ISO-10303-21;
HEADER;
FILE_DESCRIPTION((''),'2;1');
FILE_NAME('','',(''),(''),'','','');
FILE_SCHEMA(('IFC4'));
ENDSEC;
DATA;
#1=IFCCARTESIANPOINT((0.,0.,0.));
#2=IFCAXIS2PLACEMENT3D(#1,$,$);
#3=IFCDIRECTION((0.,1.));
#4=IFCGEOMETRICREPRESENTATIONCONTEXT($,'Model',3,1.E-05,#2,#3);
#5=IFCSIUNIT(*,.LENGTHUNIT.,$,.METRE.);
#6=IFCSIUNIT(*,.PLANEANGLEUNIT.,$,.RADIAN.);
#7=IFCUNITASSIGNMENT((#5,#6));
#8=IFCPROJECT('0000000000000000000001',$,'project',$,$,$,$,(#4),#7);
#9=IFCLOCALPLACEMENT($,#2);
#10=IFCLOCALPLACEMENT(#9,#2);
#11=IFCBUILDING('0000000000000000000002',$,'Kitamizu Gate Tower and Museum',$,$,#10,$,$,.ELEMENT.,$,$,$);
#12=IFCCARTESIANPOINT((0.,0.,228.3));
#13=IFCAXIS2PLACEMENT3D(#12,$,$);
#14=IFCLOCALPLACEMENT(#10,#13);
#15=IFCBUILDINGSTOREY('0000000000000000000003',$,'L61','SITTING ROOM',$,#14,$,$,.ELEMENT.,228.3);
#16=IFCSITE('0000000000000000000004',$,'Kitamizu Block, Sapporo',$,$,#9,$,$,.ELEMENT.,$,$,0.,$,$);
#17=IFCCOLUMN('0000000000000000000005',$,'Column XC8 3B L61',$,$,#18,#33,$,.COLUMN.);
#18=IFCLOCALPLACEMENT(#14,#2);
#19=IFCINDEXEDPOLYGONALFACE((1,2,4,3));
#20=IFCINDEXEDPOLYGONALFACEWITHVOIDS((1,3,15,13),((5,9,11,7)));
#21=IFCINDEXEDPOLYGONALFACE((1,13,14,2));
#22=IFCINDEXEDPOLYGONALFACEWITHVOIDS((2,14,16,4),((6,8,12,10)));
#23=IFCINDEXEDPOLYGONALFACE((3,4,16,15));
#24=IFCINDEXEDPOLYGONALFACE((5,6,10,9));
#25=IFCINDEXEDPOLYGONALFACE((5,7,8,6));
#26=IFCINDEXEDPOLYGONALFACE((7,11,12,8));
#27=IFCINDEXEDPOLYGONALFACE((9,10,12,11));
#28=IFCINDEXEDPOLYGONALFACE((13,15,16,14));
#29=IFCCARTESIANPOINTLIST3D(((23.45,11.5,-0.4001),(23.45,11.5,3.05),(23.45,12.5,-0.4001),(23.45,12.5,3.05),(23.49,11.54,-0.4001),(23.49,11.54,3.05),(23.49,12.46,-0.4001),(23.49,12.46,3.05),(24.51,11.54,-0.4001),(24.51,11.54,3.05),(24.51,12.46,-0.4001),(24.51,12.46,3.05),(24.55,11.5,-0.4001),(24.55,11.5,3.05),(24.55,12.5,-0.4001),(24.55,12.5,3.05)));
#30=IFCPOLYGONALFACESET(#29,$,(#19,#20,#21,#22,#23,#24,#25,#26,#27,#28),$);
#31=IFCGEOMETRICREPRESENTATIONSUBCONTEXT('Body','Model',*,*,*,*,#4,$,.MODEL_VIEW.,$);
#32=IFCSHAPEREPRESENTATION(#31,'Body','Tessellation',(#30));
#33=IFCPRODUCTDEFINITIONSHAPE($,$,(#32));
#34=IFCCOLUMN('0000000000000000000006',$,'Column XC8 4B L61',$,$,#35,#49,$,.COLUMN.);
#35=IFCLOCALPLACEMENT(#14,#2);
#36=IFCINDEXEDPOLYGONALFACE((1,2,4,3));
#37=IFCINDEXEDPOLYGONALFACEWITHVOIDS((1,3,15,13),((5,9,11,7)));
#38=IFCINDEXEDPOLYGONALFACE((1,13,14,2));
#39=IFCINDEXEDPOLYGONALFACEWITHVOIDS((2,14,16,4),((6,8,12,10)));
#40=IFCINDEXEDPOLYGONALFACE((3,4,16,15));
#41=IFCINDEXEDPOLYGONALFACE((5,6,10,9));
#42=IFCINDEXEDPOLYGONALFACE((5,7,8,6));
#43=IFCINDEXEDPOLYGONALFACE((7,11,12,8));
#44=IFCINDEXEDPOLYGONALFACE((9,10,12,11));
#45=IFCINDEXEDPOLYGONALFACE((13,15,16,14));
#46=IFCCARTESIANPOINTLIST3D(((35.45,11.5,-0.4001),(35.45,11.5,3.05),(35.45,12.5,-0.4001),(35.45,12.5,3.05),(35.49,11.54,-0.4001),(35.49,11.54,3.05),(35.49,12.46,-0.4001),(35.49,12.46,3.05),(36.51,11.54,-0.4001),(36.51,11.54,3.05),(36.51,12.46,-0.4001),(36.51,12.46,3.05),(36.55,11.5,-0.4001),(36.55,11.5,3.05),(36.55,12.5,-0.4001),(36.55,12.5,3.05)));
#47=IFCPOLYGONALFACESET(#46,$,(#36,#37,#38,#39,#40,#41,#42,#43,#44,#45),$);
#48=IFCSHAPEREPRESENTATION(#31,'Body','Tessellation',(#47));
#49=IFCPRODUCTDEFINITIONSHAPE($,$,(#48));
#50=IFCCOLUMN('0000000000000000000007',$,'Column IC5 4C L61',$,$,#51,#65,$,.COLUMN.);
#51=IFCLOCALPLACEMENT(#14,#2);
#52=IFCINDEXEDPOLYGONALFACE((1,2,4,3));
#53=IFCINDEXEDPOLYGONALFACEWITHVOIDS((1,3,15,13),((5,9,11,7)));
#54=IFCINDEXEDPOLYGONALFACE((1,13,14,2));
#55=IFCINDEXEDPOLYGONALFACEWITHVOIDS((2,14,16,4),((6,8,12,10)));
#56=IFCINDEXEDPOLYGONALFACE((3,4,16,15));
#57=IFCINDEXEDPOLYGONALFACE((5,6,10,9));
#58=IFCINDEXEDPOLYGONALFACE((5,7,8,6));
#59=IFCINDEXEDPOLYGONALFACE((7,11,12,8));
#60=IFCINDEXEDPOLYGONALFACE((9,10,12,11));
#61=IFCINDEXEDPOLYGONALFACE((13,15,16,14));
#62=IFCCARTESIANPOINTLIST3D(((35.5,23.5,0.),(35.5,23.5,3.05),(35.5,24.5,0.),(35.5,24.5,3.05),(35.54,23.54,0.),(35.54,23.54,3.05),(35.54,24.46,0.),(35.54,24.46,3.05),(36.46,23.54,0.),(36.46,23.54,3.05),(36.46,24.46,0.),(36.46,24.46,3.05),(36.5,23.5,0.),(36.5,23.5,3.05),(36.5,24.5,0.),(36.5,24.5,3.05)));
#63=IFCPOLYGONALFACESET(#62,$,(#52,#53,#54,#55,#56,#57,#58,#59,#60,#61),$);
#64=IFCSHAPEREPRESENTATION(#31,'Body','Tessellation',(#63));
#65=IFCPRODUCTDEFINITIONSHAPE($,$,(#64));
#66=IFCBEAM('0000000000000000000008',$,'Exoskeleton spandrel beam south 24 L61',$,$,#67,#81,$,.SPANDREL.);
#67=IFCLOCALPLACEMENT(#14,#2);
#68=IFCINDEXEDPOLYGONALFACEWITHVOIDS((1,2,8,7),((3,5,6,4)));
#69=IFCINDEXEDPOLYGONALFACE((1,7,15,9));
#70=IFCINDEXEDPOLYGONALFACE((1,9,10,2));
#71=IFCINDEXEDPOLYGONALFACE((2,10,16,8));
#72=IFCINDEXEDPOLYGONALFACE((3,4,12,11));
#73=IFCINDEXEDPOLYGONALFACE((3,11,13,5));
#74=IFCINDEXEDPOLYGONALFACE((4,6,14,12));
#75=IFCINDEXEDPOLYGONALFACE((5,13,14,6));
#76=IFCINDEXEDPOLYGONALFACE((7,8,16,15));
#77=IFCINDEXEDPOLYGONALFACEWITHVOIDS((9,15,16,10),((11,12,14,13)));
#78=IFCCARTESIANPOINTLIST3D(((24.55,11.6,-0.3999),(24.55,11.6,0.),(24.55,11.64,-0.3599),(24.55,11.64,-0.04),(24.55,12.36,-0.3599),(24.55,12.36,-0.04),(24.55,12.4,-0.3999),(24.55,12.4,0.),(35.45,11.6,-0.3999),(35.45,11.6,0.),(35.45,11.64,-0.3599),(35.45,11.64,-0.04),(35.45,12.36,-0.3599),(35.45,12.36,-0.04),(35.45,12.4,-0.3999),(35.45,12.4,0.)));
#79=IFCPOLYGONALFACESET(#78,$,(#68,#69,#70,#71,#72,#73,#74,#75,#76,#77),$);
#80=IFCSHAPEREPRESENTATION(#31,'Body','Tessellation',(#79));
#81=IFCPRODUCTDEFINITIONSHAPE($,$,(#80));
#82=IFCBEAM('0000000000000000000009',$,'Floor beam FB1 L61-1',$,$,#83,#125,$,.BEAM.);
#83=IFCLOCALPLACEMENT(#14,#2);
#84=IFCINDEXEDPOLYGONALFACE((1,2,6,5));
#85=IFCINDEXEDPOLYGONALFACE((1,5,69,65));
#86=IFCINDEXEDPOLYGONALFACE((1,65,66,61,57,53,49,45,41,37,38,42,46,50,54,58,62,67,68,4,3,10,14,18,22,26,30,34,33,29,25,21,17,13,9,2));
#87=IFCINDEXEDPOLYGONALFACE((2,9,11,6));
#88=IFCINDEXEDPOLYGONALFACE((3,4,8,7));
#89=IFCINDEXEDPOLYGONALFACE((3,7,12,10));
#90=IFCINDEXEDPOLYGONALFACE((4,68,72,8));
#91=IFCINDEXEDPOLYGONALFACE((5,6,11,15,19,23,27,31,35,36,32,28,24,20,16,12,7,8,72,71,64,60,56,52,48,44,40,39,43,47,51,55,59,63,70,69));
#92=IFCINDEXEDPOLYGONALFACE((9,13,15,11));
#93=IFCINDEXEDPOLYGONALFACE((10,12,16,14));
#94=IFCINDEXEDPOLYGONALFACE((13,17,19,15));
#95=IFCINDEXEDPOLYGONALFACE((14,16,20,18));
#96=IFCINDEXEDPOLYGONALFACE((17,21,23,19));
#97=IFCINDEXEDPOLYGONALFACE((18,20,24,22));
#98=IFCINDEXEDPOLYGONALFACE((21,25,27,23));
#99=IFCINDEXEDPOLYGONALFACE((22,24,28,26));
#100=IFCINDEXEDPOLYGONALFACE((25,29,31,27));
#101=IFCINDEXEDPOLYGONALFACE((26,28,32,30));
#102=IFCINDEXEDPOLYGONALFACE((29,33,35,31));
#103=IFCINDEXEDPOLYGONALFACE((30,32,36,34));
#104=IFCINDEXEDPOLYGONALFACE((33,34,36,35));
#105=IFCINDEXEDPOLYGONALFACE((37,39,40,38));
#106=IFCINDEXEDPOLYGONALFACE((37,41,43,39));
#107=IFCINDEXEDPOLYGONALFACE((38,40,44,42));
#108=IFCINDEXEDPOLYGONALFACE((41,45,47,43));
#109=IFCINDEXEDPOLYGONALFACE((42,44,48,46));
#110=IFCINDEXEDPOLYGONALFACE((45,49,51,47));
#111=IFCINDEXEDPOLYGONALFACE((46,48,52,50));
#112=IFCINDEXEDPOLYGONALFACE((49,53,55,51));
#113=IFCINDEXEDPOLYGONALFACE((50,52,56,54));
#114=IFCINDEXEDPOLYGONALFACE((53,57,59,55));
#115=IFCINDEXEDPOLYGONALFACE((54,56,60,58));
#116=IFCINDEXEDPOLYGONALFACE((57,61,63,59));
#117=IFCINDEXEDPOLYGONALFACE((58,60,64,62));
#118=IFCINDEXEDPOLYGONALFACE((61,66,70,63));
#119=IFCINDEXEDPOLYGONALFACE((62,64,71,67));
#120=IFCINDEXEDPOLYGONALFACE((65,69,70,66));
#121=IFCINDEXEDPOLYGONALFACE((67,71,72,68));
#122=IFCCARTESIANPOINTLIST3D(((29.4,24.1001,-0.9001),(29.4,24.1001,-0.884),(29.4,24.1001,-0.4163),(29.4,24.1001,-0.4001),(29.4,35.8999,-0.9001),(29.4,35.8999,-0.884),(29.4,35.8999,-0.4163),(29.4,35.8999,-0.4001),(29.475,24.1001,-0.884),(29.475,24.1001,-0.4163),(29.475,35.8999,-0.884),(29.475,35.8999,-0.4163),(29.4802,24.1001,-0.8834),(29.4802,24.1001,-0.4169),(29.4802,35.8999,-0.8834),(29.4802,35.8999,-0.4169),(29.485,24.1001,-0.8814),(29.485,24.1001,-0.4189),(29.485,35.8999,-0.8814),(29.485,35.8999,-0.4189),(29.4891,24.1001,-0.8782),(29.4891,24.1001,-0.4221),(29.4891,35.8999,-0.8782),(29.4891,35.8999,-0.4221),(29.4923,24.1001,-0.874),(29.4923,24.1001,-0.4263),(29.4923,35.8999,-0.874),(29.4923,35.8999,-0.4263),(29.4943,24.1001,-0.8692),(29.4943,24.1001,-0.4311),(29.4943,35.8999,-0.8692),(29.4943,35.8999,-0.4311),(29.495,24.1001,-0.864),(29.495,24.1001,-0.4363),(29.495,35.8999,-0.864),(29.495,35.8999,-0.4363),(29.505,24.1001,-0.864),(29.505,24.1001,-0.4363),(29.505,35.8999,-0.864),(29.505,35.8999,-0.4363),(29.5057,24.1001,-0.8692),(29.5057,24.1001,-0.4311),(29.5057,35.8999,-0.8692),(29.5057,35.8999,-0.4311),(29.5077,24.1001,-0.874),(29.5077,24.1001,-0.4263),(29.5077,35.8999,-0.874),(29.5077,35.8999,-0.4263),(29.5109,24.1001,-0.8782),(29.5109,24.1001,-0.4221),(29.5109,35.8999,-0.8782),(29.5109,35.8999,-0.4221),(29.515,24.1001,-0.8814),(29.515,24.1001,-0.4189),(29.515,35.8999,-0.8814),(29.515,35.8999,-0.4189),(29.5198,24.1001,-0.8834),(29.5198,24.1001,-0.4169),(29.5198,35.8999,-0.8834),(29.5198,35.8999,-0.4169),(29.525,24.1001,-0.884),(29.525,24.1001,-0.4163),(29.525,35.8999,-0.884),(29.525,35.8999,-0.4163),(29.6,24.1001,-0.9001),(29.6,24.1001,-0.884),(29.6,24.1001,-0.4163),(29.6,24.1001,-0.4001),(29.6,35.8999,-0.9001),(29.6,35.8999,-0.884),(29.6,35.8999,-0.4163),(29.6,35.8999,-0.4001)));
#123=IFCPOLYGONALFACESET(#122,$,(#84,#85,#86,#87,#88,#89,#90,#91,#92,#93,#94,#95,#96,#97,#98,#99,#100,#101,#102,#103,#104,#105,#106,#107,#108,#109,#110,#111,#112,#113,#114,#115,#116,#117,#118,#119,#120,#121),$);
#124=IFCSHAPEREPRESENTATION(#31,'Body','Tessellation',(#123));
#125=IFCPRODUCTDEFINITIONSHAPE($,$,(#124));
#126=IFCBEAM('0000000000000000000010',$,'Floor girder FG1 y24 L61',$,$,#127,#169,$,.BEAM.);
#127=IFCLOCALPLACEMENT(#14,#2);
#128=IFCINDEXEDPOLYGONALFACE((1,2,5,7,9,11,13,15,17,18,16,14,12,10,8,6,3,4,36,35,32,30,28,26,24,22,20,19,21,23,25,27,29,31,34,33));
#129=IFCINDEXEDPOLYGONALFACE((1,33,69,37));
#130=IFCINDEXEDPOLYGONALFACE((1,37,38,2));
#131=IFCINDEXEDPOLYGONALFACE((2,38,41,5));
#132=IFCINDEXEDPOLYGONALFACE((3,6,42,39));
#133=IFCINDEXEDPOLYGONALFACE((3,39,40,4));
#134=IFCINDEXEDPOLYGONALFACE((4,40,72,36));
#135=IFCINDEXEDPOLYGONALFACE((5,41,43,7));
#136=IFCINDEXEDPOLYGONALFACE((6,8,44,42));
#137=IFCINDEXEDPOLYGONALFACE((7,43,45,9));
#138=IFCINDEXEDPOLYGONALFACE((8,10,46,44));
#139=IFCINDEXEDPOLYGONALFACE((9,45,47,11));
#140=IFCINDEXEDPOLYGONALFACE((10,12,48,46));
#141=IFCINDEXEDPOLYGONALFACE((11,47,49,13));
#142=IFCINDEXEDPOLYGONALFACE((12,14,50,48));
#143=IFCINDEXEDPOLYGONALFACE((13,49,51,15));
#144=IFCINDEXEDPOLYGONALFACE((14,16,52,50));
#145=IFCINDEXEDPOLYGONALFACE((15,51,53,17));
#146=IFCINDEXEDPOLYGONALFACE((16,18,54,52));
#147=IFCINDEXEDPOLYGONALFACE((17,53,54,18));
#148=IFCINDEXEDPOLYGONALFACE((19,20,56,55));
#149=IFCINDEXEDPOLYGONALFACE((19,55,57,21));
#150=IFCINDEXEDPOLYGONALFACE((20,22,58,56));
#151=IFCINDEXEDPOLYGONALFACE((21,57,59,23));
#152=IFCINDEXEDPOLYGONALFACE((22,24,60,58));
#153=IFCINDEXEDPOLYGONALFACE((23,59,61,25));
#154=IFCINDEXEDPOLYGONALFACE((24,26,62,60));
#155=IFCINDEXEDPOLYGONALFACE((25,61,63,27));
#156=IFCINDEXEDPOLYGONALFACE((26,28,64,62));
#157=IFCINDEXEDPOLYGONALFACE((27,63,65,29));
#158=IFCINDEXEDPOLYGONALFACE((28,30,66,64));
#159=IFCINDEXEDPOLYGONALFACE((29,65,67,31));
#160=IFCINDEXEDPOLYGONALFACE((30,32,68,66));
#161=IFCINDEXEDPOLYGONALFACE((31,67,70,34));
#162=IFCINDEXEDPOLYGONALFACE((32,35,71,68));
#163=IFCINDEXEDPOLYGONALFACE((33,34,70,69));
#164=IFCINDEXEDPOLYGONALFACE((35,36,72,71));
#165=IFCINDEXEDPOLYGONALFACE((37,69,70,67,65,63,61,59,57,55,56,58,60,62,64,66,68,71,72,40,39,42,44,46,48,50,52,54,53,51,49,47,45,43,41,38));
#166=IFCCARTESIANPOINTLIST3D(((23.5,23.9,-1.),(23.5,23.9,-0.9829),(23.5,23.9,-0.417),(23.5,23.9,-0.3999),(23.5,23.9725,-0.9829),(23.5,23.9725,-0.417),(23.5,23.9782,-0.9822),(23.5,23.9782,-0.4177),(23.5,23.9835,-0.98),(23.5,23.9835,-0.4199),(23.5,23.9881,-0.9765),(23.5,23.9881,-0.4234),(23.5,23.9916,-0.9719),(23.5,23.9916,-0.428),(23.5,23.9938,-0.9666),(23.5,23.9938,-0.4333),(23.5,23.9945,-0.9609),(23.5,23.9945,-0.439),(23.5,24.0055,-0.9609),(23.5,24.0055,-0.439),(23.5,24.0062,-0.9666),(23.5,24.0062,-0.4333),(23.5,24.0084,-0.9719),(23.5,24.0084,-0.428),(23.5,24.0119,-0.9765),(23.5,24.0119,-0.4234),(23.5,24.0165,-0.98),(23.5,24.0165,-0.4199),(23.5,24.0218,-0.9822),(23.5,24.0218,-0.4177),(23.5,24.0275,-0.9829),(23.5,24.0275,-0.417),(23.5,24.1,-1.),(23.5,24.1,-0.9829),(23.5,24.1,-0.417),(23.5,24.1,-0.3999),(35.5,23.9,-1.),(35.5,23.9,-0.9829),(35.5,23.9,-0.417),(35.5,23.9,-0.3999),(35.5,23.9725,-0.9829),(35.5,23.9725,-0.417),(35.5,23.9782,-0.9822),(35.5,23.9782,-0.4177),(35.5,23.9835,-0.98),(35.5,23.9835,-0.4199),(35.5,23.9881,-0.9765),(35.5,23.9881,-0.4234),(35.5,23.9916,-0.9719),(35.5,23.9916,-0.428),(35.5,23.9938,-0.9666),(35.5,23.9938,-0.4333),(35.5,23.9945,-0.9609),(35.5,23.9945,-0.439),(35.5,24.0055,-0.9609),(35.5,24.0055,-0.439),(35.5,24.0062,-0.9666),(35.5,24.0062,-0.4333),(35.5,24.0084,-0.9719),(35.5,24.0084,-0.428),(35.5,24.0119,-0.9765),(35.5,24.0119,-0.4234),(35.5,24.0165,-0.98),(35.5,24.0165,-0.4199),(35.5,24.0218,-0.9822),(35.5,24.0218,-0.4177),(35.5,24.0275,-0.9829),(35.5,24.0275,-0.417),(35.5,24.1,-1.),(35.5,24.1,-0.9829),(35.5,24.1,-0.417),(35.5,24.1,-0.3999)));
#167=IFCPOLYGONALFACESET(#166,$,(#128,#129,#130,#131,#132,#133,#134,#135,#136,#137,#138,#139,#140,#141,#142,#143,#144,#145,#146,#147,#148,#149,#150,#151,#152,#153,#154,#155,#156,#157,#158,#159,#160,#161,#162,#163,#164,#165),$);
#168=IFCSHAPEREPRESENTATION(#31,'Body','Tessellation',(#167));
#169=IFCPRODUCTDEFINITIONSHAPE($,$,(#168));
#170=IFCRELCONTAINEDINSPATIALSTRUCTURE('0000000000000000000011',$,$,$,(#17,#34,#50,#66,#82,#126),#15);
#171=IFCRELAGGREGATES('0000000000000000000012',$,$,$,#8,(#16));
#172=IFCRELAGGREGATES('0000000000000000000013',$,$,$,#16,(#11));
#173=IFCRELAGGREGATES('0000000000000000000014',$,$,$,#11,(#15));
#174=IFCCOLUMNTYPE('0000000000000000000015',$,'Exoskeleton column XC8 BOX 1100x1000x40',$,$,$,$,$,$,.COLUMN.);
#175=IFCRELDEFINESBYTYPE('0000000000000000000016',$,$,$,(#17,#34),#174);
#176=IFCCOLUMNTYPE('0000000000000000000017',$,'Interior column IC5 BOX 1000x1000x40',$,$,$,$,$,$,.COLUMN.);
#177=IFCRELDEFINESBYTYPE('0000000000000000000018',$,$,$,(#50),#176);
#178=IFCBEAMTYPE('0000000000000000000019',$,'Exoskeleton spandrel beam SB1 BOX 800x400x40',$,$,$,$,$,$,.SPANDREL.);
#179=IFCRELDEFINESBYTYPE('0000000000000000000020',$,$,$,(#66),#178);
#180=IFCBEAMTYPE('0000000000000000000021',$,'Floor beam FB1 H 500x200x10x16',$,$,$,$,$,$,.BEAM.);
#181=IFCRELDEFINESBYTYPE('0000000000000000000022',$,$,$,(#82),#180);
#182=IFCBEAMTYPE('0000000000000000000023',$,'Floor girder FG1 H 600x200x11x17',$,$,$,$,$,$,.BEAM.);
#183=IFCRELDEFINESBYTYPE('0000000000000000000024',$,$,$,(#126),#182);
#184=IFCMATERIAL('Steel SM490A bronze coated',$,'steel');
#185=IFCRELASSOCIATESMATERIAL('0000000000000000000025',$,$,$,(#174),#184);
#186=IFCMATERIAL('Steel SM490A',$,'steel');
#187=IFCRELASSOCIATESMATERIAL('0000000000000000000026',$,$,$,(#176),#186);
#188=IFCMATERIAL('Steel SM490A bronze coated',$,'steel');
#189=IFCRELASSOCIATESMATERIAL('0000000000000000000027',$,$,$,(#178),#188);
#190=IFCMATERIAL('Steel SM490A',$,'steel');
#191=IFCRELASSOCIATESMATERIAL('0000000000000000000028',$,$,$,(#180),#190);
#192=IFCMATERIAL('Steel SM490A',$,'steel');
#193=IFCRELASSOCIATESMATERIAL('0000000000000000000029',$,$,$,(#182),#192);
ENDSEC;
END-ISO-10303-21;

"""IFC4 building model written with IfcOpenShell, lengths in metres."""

from ifc_helpers import new_model, si_unit, direction, frame, origin, origin_2d, place, context, subcontext, project, spatial, hollow_rectangle, i_section, extrude, material, material_profile, profile_set, type_object, element, save


model = new_model("IFC4")

# Units and contexts
model_context = context("Model", 3, precision=1e-05, world=origin(), true_north=direction((0.0, 1.0)))
body_context = subcontext(model_context, "Body", "Model", "MODEL_VIEW")
ifc_project = project(units=[si_unit("LENGTHUNIT", "METRE"), si_unit("PLANEANGLEUNIT", "RADIAN")], contexts=[model_context])

# Site, building, storey
site_placement = place(None, origin())
site = spatial("IfcSite", under=ifc_project, at=site_placement, Name="Kitamizu Block, Sapporo", CompositionType="ELEMENT", RefElevation=0.0)
building_placement = place(site_placement, origin())
building = spatial("IfcBuilding", under=site, at=building_placement, Name="Kitamizu Gate Tower and Museum", CompositionType="ELEMENT")
storey_placement = place(building_placement, frame((0.0, 0.0, 228.3)))
storey = spatial("IfcBuildingStorey", under=building, at=storey_placement, Name="L61", Description="SITTING ROOM", CompositionType="ELEMENT", Elevation=228.3)

# Columns
ifc_material_1 = material(Name="Steel SM490A bronze coated", Category="steel")
ifc_material_profile_1 = material_profile(ifc_material_1, hollow_rectangle(XDim=1.1001, YDim=1.0, WallThickness=0.04, at=origin_2d()), Name="BOX 1100x1000x40")
ifc_profile_set_1 = profile_set([ifc_material_profile_1], Name="Steel SM490A bronze coated")
column_type_1 = type_object("IfcColumnType", Name="Exoskeleton column XC8 BOX 1100x1000x40", PredefinedType="COLUMN", material=ifc_profile_set_1)
for number, where, z_axis, x_axis, name in (
    (1, (24.0, 12.0, -0.4001), (0.0, 0.0, 1.0), (1.0, 0.0, 0.0), "Column XC8 3B L61"),
    (2, (36.0, 12.0, -0.4001), (0.0, 0.0, 1.0), (1.0, 0.0, 0.0), "Column XC8 4B L61"),
):
    element("IfcColumn", number, at=place(storey_placement, frame(where, z_axis=z_axis, x_axis=x_axis)), inside=storey, type_object=column_type_1, Name=name, PredefinedType="COLUMN", context=body_context, shape_type="SweptSolid", body=[
        extrude(hollow_rectangle(XDim=1.1001, YDim=1.0, WallThickness=0.04, at=origin_2d()), origin(), (0.0, 0.0, 1.0), 3.4502),
    ])
ifc_material_2 = material(Name="Steel SM490A", Category="steel")
ifc_material_profile_2 = material_profile(ifc_material_2, hollow_rectangle(XDim=1.0, YDim=1.0, WallThickness=0.04, at=origin_2d()), Name="BOX 1000x1000x40")
ifc_profile_set_2 = profile_set([ifc_material_profile_2], Name="Steel SM490A")
column_type_2 = type_object("IfcColumnType", Name="Interior column IC5 BOX 1000x1000x40", PredefinedType="COLUMN", material=ifc_profile_set_2)
column_placement = place(storey_placement, frame((36.0, 24.0, 0.0), z_axis=(0.0, 0.0, 1.0), x_axis=(1.0, 0.0, 0.0)))
element("IfcColumn", 3, at=column_placement, inside=storey, type_object=column_type_2, Name="Column IC5 4C L61", PredefinedType="COLUMN", context=body_context, shape_type="SweptSolid", body=[
    extrude(hollow_rectangle(XDim=1.0, YDim=1.0, WallThickness=0.04, at=origin_2d()), origin(), (0.0, 0.0, 1.0), 3.05),
])

# Beams
ifc_material_3 = material(Name="Steel SM490A bronze coated", Category="steel")
ifc_material_profile_3 = material_profile(ifc_material_3, hollow_rectangle(XDim=0.8, YDim=0.3999, WallThickness=0.04, at=origin_2d()), Name="BOX 800x400x40")
ifc_profile_set_3 = profile_set([ifc_material_profile_3], Name="Steel SM490A bronze coated")
beam_type_1 = type_object("IfcBeamType", Name="Exoskeleton spandrel beam SB1 BOX 800x400x40", PredefinedType="SPANDREL", material=ifc_profile_set_3)
beam_1_placement = place(storey_placement, frame((24.55, 12.0, -0.2), z_axis=(1.0, 0.0, 0.0), x_axis=(0.0, 1.0, 0.0)))
element("IfcBeam", 4, at=beam_1_placement, inside=storey, type_object=beam_type_1, Name="Exoskeleton spandrel beam south 24 L61", PredefinedType="SPANDREL", context=body_context, shape_type="SweptSolid", body=[
    extrude(hollow_rectangle(XDim=0.8, YDim=0.3999, WallThickness=0.04, at=origin_2d()), origin(), (0.0, 0.0, 1.0), 10.8999),
])
ifc_material_4 = material(Name="Steel SM490A", Category="steel")
ifc_material_profile_4 = material_profile(ifc_material_4, i_section(OverallWidth=0.2, OverallDepth=0.5, WebThickness=0.01, FlangeThickness=0.0161, FilletRadius=0.02, at=origin_2d()), Name="H-500x200x10x16")
ifc_profile_set_4 = profile_set([ifc_material_profile_4], Name="Steel SM490A")
beam_type_2 = type_object("IfcBeamType", Name="Floor beam FB1 H 500x200x10x16", PredefinedType="BEAM", material=ifc_profile_set_4)
beam_2_placement = place(storey_placement, frame((29.5, 24.1001, -0.6501), z_axis=(0.0, 1.0, 0.0), x_axis=(-1.0, 0.0, 0.0)))
element("IfcBeam", 5, at=beam_2_placement, inside=storey, type_object=beam_type_2, Name="Floor beam FB1 L61-1", PredefinedType="BEAM", context=body_context, shape_type="SweptSolid", body=[
    extrude(i_section(OverallWidth=0.2, OverallDepth=0.5, WebThickness=0.01, FlangeThickness=0.0161, FilletRadius=0.02, at=origin_2d()), origin(), (0.0, 0.0, 1.0), 11.7998),
])
ifc_material_5 = material(Name="Steel SM490A", Category="steel")
ifc_material_profile_5 = material_profile(ifc_material_5, i_section(OverallWidth=0.2, OverallDepth=0.6001, WebThickness=0.011, FlangeThickness=0.0171, FilletRadius=0.022, at=origin_2d()), Name="H-600x200x11x17")
ifc_profile_set_5 = profile_set([ifc_material_profile_5], Name="Steel SM490A")
beam_type_3 = type_object("IfcBeamType", Name="Floor girder FG1 H 600x200x11x17", PredefinedType="BEAM", material=ifc_profile_set_5)
beam_3_placement = place(storey_placement, frame((23.5, 24.0, -0.7), z_axis=(1.0, 0.0, 0.0), x_axis=(0.0, 1.0, 0.0)))
element("IfcBeam", 6, at=beam_3_placement, inside=storey, type_object=beam_type_3, Name="Floor girder FG1 y24 L61", PredefinedType="BEAM", context=body_context, shape_type="SweptSolid", body=[
    extrude(i_section(OverallWidth=0.2, OverallDepth=0.6001, WebThickness=0.011, FlangeThickness=0.0171, FilletRadius=0.022, at=origin_2d()), origin(), (0.0, 0.0, 1.0), 12.0),
])

save(model, "model.ifc")
